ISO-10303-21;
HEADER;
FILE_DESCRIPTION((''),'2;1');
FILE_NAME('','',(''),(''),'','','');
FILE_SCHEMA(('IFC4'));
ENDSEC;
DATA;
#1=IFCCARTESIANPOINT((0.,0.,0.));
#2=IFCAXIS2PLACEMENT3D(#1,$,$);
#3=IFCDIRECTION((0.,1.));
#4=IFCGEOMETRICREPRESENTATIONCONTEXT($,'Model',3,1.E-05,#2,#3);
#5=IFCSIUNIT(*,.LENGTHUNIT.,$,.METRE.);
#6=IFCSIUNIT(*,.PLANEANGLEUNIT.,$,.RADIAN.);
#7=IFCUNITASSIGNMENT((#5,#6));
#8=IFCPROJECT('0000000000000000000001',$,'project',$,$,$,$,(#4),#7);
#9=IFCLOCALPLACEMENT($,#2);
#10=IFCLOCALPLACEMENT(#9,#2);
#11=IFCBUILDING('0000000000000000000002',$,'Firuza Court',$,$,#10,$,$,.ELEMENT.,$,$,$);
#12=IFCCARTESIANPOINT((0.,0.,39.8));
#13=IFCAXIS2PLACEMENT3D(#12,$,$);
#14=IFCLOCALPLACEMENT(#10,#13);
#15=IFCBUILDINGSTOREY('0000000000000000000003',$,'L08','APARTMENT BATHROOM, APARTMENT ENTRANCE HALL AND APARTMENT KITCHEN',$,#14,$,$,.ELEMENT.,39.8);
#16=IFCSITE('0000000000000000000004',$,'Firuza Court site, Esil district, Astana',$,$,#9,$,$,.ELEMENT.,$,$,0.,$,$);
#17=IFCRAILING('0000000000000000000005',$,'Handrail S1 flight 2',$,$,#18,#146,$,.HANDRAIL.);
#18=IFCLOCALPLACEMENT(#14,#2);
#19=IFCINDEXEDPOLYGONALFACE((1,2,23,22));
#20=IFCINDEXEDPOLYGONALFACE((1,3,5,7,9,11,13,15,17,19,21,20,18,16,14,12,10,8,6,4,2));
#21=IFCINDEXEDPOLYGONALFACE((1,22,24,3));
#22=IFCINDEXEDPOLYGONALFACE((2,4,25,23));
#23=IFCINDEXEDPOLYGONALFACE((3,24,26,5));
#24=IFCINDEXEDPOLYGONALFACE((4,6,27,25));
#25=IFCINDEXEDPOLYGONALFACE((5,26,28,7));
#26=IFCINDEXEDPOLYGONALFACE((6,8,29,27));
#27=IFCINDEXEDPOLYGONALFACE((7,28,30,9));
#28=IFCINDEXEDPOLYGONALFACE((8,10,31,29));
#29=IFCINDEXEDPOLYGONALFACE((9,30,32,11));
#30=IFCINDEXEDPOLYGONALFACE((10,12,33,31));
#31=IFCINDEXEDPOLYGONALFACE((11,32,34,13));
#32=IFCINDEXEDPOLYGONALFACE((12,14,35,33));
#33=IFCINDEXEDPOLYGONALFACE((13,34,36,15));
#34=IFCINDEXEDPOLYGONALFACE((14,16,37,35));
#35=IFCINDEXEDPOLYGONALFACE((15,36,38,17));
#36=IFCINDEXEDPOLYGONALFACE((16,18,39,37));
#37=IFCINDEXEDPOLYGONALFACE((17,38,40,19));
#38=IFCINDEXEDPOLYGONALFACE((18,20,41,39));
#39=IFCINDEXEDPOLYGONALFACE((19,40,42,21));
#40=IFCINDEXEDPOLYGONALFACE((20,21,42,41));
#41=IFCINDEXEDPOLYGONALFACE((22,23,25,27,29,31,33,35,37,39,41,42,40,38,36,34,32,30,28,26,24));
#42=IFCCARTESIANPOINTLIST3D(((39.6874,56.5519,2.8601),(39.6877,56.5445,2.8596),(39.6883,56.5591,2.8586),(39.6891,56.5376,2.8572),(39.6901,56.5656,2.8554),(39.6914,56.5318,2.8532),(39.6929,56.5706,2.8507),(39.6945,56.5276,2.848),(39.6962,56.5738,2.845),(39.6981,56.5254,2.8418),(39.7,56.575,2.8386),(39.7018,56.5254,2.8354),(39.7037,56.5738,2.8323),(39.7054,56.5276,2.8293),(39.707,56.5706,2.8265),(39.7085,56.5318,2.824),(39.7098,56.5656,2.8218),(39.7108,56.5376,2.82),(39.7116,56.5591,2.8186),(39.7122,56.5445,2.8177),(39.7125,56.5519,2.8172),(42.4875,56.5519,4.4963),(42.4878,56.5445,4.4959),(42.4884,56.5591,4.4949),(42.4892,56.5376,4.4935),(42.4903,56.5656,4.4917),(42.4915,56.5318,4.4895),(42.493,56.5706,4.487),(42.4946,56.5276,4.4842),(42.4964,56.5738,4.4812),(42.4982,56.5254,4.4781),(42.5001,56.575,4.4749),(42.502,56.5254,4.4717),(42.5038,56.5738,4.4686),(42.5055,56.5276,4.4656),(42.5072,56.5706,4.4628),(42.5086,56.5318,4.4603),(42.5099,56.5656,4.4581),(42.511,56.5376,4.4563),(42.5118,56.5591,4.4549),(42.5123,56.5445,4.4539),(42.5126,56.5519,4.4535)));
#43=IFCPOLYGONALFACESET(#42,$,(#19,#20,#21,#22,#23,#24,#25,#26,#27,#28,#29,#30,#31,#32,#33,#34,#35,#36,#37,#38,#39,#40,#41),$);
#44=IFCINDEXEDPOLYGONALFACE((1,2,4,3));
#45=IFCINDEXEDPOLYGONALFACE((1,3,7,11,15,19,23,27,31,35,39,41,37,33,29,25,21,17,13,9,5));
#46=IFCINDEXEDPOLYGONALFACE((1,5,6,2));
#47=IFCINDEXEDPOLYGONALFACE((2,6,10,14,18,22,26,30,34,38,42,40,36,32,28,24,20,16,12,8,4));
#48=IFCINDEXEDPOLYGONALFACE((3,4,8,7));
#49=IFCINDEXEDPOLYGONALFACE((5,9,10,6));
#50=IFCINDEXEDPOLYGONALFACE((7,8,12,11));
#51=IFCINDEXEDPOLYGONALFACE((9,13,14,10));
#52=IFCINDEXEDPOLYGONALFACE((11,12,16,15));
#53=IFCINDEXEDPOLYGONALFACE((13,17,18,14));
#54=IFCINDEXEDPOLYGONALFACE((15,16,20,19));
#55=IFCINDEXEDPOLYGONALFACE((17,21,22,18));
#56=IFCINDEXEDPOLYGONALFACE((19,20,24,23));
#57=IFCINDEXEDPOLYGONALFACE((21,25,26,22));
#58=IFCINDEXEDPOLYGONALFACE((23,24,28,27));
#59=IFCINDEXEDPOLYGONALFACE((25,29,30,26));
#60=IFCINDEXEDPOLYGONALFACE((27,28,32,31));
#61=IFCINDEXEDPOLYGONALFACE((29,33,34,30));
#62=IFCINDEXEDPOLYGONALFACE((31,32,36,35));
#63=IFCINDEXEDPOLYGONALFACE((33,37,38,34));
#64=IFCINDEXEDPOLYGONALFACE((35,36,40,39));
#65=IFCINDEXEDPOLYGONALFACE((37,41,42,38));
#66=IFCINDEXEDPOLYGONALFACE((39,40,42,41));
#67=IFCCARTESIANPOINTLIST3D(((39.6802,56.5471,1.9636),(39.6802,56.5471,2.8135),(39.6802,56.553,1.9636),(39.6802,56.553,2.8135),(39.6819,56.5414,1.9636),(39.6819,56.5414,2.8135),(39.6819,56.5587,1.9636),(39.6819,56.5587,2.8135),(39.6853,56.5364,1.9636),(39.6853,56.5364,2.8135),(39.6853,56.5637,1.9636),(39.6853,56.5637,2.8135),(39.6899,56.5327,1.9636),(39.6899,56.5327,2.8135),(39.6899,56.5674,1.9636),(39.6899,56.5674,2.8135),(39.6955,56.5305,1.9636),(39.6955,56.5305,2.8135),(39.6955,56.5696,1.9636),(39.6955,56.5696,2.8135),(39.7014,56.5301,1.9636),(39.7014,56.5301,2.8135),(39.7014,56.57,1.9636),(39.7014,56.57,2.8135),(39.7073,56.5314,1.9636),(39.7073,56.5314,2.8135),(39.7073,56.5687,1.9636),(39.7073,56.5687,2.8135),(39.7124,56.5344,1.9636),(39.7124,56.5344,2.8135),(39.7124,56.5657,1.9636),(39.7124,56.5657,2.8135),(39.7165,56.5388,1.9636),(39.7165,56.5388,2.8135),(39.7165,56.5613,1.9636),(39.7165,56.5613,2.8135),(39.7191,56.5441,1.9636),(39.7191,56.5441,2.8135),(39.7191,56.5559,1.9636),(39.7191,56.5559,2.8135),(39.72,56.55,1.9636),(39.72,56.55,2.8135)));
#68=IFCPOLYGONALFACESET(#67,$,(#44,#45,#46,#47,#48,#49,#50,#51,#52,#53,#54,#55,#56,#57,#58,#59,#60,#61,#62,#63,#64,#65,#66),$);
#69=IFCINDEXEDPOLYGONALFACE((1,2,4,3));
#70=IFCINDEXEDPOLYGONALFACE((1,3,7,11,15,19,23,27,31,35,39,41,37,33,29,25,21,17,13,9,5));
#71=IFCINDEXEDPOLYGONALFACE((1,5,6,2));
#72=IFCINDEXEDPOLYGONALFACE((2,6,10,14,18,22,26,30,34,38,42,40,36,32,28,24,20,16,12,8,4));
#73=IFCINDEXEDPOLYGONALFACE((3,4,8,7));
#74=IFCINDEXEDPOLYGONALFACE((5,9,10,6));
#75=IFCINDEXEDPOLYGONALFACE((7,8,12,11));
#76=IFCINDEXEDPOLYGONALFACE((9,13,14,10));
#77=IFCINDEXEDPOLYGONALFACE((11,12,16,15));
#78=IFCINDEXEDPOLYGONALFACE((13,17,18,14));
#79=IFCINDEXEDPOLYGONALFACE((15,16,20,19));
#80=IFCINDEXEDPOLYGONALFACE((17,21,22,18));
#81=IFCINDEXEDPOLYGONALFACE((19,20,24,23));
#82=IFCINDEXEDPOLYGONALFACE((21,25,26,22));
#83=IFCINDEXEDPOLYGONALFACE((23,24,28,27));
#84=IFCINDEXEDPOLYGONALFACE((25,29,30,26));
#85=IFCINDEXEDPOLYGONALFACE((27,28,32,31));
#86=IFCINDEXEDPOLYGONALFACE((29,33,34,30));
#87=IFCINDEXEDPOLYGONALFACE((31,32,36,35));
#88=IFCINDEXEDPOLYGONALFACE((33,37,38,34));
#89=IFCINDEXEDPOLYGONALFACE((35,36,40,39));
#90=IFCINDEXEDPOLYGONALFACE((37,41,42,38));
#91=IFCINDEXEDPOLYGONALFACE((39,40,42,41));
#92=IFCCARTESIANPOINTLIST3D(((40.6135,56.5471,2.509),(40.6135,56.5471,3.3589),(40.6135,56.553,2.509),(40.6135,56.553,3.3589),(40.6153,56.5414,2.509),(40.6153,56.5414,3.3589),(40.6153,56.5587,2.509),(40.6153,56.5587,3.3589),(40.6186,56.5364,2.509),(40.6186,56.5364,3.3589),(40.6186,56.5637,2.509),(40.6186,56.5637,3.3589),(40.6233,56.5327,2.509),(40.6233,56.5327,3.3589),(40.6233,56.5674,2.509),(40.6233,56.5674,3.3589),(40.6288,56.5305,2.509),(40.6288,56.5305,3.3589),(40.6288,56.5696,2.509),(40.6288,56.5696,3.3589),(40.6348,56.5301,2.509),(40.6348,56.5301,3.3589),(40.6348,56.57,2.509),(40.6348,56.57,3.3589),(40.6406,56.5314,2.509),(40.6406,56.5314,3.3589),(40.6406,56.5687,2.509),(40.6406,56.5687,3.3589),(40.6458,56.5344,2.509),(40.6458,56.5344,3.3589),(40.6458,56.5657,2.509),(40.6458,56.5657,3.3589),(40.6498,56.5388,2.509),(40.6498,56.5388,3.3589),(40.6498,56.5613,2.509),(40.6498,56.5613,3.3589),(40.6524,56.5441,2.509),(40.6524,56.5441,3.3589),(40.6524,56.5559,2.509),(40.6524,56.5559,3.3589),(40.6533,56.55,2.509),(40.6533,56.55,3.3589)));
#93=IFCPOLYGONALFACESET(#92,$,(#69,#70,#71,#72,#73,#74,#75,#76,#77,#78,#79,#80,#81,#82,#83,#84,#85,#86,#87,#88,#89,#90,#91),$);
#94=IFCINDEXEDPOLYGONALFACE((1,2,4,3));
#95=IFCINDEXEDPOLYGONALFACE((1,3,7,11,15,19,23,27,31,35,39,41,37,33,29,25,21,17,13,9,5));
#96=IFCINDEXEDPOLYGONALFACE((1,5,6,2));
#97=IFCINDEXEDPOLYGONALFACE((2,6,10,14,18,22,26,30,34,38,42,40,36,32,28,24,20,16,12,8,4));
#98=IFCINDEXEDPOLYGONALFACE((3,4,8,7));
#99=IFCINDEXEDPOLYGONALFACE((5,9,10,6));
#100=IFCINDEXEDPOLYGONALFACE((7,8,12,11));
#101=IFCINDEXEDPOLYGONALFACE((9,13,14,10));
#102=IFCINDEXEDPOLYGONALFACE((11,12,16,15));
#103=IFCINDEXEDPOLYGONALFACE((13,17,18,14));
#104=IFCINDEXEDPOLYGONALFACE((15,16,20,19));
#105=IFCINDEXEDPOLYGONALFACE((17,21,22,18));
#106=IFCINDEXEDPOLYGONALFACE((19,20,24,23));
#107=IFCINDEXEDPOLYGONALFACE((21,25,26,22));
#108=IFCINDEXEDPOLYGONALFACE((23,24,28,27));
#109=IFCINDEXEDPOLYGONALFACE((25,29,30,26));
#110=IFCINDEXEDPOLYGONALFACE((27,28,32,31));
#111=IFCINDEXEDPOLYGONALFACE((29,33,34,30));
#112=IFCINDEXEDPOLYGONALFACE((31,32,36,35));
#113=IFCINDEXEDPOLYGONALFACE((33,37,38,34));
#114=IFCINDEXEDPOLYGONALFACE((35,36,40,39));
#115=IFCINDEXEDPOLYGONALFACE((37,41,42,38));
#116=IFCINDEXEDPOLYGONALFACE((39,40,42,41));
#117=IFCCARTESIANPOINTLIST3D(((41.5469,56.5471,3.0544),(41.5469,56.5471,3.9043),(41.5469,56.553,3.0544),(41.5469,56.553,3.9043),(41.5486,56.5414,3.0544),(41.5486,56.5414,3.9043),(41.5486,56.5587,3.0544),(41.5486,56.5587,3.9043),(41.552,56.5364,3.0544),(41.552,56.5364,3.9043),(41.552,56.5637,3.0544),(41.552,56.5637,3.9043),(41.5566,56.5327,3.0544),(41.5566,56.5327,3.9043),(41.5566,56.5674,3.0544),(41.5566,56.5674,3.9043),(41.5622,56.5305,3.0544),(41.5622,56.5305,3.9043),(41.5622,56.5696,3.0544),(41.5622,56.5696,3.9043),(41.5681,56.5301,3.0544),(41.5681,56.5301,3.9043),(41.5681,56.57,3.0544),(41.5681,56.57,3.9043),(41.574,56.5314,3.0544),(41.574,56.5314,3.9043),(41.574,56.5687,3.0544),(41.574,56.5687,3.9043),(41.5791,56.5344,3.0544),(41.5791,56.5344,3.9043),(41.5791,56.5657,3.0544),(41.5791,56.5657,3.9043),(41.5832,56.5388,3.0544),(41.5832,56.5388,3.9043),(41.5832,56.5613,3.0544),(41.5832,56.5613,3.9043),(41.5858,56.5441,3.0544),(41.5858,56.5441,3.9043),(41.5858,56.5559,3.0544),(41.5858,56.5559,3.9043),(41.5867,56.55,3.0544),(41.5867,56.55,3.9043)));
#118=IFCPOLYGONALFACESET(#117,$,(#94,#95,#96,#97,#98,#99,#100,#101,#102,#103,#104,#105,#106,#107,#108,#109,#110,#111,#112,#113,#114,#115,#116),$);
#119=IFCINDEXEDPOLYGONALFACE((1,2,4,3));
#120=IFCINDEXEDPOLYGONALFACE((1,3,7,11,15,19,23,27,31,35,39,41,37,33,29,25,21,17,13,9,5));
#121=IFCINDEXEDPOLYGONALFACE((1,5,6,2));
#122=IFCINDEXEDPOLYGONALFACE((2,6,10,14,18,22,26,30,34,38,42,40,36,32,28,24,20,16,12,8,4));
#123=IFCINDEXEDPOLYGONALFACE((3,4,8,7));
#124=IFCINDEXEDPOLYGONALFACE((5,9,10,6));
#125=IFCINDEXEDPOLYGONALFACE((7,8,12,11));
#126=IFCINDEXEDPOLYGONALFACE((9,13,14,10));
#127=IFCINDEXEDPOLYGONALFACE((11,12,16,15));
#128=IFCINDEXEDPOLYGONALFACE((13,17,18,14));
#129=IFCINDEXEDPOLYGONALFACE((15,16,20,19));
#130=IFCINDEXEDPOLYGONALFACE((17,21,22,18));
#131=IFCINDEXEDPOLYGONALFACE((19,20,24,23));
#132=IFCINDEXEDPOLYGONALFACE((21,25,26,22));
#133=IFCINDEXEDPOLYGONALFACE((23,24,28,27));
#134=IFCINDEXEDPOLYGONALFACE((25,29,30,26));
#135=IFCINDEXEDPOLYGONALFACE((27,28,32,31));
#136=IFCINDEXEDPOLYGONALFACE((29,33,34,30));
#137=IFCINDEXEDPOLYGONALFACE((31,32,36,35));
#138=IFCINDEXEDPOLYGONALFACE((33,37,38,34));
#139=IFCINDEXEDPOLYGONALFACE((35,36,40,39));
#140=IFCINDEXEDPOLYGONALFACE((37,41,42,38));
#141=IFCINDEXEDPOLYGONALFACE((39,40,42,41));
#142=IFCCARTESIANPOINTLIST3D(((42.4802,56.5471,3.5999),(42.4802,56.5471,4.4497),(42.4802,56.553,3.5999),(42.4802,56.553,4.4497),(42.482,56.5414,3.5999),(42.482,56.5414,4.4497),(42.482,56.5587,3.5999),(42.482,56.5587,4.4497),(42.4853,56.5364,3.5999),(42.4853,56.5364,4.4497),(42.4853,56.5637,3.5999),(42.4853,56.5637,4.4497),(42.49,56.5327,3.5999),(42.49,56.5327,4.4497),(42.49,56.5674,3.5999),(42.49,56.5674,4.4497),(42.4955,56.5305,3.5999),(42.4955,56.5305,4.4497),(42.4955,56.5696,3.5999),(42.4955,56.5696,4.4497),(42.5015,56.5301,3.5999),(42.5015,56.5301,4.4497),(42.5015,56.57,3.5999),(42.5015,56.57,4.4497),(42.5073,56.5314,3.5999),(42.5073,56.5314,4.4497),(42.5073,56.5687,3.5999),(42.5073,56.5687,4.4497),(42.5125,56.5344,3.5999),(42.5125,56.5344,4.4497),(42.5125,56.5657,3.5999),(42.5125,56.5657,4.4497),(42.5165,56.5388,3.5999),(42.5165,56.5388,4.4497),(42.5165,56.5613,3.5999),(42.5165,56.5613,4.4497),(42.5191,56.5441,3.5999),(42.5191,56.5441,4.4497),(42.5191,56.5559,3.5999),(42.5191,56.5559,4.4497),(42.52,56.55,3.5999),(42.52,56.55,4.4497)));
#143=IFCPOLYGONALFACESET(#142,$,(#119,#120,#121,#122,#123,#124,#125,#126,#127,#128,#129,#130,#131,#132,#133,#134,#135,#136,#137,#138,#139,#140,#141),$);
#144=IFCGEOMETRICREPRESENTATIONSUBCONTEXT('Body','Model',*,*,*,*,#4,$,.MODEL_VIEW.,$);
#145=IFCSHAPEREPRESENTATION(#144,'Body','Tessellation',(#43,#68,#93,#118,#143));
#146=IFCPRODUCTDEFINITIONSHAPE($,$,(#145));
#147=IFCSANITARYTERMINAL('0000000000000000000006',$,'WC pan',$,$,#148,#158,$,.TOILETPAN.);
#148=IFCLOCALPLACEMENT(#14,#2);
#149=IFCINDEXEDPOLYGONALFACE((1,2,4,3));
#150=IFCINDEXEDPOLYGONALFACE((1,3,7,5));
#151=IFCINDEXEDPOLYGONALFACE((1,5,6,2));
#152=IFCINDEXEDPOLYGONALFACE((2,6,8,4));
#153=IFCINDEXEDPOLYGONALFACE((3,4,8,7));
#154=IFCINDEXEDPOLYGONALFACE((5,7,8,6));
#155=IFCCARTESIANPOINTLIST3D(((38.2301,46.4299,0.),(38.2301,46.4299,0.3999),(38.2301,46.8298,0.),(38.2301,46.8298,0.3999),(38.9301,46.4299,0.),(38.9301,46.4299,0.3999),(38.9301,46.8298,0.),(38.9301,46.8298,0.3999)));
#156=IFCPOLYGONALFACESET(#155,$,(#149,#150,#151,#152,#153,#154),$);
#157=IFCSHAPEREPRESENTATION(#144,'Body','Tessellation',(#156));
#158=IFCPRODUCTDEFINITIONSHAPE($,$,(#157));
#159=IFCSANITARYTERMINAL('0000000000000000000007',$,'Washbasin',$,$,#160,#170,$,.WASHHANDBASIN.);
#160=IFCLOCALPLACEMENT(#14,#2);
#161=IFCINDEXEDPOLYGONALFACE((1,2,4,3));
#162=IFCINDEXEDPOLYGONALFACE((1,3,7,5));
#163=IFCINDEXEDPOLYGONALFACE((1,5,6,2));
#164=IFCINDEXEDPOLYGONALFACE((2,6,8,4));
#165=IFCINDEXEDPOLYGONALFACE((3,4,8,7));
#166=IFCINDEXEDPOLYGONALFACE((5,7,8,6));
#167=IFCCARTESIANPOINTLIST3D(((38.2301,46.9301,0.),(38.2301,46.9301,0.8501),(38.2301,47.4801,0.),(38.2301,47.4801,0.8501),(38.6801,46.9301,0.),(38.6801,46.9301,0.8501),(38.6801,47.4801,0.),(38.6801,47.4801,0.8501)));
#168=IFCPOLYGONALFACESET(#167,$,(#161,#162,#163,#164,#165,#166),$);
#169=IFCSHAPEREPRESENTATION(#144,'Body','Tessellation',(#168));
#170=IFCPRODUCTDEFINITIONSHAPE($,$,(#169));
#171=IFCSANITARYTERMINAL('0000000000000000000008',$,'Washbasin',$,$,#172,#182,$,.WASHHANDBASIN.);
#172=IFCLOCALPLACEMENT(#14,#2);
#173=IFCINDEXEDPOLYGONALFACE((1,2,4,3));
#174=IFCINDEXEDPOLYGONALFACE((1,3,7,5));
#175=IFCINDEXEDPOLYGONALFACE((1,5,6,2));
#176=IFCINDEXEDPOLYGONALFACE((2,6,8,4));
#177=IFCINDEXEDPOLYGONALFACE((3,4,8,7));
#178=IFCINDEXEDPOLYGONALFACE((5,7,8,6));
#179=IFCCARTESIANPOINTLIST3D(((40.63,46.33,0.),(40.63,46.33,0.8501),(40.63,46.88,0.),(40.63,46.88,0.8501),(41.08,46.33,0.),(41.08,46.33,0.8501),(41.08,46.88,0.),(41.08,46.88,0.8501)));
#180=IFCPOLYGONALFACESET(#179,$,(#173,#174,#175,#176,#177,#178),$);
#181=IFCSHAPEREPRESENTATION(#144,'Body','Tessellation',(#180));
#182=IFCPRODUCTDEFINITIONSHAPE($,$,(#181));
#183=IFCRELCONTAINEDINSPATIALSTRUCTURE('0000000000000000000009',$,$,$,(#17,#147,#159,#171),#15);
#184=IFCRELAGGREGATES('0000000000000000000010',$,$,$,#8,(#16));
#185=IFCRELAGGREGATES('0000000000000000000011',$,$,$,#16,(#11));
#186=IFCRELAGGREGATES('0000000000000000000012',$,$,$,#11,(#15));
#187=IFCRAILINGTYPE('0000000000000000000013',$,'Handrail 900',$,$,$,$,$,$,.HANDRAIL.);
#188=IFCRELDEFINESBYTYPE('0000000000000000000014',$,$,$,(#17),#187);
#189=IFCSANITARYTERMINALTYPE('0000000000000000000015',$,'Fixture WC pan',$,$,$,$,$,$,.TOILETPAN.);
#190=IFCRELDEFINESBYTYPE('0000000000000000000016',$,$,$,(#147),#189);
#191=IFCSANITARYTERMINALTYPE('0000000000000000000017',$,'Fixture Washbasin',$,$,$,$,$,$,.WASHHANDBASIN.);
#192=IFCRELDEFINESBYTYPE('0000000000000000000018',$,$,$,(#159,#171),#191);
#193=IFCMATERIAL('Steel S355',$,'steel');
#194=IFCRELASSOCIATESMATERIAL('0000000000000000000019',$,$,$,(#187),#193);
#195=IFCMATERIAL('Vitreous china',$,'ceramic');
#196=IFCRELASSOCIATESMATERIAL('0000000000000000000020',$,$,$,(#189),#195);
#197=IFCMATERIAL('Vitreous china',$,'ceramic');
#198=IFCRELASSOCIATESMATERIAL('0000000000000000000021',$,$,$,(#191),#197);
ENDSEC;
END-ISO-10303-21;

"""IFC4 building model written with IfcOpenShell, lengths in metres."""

from ifc_helpers import new_model, si_unit, direction, frame, origin, origin_2d, place, context, subcontext, project, spatial, rectangle, circle, extrude, material, type_object, element, save


model = new_model("IFC4")

# Units and contexts
model_context = context("Model", 3, precision=1e-05, world=origin(), true_north=direction((0.0, 1.0)))
body_context = subcontext(model_context, "Body", "Model", "MODEL_VIEW")
ifc_project = project(units=[si_unit("LENGTHUNIT", "METRE"), si_unit("PLANEANGLEUNIT", "RADIAN")], contexts=[model_context])

# Site, building, storey
site_placement = place(None, origin())
site = spatial("IfcSite", under=ifc_project, at=site_placement, Name="Firuza Court site, Esil district, Astana", CompositionType="ELEMENT", RefElevation=0.0)
building_placement = place(site_placement, origin())
building = spatial("IfcBuilding", under=site, at=building_placement, Name="Firuza Court", CompositionType="ELEMENT")
storey_placement = place(building_placement, frame((0.0, 0.0, 39.8)))
storey = spatial("IfcBuildingStorey", under=building, at=storey_placement, Name="L08", Description="APARTMENT BATHROOM, APARTMENT ENTRANCE HALL AND APARTMENT KITCHEN", CompositionType="ELEMENT", Elevation=39.8)

# Railing
ifc_material_1 = material(Name="Steel S355", Category="steel")
railing_type_1 = type_object("IfcRailingType", Name="Handrail 900", PredefinedType="HANDRAIL", material=ifc_material_1)
railing_1_placement = place(storey_placement, frame((39.7, 56.55, 1.9636)))
element("IfcRailing", 1, at=railing_1_placement, inside=storey, type_object=railing_type_1, Name="Handrail S1 flight 2", PredefinedType="HANDRAIL", context=body_context, shape_type="SweptSolid", body=[
    extrude(circle(Radius=0.0249, at=origin_2d()), frame((0.0, 0.0, 0.875), z_axis=(0.863394, 0.0, 0.504531), x_axis=(0.0, 1.0, 0.0)), (0.0, 0.0, 1.0), 3.2432),
    extrude(circle(Radius=0.02, at=origin_2d()), origin(), (0.0, 0.0, 1.0), 0.8499),
    extrude(circle(Radius=0.02, at=origin_2d()), frame((0.9333, 0.0, 0.5454)), (0.0, 0.0, 1.0), 0.8499),
    extrude(circle(Radius=0.02, at=origin_2d()), frame((1.8667, 0.0, 1.0908)), (0.0, 0.0, 1.0), 0.8499),
    extrude(circle(Radius=0.02, at=origin_2d()), frame((2.8, 0.0, 1.6362)), (0.0, 0.0, 1.0), 0.8499),
])

# Sanitary terminals
ifc_material_2 = material(Name="Vitreous china", Category="ceramic")
sanitary_terminal_type_1 = type_object("IfcSanitaryTerminalType", Name="Fixture WC pan", PredefinedType="TOILETPAN", material=ifc_material_2)
sanitary_terminal_placement = place(storey_placement, frame((38.5801, 46.6299, 0.0), z_axis=(0.0, 0.0, 1.0), x_axis=(1.0, 0.0, 0.0)))
element("IfcSanitaryTerminal", 2, at=sanitary_terminal_placement, inside=storey, type_object=sanitary_terminal_type_1, Name="WC pan", PredefinedType="TOILETPAN", context=body_context, shape_type="SweptSolid", body=[
    extrude(rectangle(XDim=0.7, YDim=0.3999, at=origin_2d()), origin(), (0.0, 0.0, 1.0), 0.3999),
])
ifc_material_3 = material(Name="Vitreous china", Category="ceramic")
sanitary_terminal_type_2 = type_object("IfcSanitaryTerminalType", Name="Fixture Washbasin", PredefinedType="WASHHANDBASIN", material=ifc_material_3)
for number, where, z_axis, x_axis, name in (
    (3, (38.4551, 47.2051, 0.0), (0.0, 0.0, 1.0), (1.0, 0.0, 0.0), "Washbasin"),
    (4, (40.855, 46.605, 0.0), (0.0, 0.0, 1.0), (1.0, 0.0, 0.0), "Washbasin"),
):
    element("IfcSanitaryTerminal", number, at=place(storey_placement, frame(where, z_axis=z_axis, x_axis=x_axis)), inside=storey, type_object=sanitary_terminal_type_2, Name=name, PredefinedType="WASHHANDBASIN", context=body_context, shape_type="SweptSolid", body=[
        extrude(rectangle(XDim=0.45, YDim=0.55, at=origin_2d()), origin(), (0.0, 0.0, 1.0), 0.8501),
    ])

save(model, "model.ifc")
